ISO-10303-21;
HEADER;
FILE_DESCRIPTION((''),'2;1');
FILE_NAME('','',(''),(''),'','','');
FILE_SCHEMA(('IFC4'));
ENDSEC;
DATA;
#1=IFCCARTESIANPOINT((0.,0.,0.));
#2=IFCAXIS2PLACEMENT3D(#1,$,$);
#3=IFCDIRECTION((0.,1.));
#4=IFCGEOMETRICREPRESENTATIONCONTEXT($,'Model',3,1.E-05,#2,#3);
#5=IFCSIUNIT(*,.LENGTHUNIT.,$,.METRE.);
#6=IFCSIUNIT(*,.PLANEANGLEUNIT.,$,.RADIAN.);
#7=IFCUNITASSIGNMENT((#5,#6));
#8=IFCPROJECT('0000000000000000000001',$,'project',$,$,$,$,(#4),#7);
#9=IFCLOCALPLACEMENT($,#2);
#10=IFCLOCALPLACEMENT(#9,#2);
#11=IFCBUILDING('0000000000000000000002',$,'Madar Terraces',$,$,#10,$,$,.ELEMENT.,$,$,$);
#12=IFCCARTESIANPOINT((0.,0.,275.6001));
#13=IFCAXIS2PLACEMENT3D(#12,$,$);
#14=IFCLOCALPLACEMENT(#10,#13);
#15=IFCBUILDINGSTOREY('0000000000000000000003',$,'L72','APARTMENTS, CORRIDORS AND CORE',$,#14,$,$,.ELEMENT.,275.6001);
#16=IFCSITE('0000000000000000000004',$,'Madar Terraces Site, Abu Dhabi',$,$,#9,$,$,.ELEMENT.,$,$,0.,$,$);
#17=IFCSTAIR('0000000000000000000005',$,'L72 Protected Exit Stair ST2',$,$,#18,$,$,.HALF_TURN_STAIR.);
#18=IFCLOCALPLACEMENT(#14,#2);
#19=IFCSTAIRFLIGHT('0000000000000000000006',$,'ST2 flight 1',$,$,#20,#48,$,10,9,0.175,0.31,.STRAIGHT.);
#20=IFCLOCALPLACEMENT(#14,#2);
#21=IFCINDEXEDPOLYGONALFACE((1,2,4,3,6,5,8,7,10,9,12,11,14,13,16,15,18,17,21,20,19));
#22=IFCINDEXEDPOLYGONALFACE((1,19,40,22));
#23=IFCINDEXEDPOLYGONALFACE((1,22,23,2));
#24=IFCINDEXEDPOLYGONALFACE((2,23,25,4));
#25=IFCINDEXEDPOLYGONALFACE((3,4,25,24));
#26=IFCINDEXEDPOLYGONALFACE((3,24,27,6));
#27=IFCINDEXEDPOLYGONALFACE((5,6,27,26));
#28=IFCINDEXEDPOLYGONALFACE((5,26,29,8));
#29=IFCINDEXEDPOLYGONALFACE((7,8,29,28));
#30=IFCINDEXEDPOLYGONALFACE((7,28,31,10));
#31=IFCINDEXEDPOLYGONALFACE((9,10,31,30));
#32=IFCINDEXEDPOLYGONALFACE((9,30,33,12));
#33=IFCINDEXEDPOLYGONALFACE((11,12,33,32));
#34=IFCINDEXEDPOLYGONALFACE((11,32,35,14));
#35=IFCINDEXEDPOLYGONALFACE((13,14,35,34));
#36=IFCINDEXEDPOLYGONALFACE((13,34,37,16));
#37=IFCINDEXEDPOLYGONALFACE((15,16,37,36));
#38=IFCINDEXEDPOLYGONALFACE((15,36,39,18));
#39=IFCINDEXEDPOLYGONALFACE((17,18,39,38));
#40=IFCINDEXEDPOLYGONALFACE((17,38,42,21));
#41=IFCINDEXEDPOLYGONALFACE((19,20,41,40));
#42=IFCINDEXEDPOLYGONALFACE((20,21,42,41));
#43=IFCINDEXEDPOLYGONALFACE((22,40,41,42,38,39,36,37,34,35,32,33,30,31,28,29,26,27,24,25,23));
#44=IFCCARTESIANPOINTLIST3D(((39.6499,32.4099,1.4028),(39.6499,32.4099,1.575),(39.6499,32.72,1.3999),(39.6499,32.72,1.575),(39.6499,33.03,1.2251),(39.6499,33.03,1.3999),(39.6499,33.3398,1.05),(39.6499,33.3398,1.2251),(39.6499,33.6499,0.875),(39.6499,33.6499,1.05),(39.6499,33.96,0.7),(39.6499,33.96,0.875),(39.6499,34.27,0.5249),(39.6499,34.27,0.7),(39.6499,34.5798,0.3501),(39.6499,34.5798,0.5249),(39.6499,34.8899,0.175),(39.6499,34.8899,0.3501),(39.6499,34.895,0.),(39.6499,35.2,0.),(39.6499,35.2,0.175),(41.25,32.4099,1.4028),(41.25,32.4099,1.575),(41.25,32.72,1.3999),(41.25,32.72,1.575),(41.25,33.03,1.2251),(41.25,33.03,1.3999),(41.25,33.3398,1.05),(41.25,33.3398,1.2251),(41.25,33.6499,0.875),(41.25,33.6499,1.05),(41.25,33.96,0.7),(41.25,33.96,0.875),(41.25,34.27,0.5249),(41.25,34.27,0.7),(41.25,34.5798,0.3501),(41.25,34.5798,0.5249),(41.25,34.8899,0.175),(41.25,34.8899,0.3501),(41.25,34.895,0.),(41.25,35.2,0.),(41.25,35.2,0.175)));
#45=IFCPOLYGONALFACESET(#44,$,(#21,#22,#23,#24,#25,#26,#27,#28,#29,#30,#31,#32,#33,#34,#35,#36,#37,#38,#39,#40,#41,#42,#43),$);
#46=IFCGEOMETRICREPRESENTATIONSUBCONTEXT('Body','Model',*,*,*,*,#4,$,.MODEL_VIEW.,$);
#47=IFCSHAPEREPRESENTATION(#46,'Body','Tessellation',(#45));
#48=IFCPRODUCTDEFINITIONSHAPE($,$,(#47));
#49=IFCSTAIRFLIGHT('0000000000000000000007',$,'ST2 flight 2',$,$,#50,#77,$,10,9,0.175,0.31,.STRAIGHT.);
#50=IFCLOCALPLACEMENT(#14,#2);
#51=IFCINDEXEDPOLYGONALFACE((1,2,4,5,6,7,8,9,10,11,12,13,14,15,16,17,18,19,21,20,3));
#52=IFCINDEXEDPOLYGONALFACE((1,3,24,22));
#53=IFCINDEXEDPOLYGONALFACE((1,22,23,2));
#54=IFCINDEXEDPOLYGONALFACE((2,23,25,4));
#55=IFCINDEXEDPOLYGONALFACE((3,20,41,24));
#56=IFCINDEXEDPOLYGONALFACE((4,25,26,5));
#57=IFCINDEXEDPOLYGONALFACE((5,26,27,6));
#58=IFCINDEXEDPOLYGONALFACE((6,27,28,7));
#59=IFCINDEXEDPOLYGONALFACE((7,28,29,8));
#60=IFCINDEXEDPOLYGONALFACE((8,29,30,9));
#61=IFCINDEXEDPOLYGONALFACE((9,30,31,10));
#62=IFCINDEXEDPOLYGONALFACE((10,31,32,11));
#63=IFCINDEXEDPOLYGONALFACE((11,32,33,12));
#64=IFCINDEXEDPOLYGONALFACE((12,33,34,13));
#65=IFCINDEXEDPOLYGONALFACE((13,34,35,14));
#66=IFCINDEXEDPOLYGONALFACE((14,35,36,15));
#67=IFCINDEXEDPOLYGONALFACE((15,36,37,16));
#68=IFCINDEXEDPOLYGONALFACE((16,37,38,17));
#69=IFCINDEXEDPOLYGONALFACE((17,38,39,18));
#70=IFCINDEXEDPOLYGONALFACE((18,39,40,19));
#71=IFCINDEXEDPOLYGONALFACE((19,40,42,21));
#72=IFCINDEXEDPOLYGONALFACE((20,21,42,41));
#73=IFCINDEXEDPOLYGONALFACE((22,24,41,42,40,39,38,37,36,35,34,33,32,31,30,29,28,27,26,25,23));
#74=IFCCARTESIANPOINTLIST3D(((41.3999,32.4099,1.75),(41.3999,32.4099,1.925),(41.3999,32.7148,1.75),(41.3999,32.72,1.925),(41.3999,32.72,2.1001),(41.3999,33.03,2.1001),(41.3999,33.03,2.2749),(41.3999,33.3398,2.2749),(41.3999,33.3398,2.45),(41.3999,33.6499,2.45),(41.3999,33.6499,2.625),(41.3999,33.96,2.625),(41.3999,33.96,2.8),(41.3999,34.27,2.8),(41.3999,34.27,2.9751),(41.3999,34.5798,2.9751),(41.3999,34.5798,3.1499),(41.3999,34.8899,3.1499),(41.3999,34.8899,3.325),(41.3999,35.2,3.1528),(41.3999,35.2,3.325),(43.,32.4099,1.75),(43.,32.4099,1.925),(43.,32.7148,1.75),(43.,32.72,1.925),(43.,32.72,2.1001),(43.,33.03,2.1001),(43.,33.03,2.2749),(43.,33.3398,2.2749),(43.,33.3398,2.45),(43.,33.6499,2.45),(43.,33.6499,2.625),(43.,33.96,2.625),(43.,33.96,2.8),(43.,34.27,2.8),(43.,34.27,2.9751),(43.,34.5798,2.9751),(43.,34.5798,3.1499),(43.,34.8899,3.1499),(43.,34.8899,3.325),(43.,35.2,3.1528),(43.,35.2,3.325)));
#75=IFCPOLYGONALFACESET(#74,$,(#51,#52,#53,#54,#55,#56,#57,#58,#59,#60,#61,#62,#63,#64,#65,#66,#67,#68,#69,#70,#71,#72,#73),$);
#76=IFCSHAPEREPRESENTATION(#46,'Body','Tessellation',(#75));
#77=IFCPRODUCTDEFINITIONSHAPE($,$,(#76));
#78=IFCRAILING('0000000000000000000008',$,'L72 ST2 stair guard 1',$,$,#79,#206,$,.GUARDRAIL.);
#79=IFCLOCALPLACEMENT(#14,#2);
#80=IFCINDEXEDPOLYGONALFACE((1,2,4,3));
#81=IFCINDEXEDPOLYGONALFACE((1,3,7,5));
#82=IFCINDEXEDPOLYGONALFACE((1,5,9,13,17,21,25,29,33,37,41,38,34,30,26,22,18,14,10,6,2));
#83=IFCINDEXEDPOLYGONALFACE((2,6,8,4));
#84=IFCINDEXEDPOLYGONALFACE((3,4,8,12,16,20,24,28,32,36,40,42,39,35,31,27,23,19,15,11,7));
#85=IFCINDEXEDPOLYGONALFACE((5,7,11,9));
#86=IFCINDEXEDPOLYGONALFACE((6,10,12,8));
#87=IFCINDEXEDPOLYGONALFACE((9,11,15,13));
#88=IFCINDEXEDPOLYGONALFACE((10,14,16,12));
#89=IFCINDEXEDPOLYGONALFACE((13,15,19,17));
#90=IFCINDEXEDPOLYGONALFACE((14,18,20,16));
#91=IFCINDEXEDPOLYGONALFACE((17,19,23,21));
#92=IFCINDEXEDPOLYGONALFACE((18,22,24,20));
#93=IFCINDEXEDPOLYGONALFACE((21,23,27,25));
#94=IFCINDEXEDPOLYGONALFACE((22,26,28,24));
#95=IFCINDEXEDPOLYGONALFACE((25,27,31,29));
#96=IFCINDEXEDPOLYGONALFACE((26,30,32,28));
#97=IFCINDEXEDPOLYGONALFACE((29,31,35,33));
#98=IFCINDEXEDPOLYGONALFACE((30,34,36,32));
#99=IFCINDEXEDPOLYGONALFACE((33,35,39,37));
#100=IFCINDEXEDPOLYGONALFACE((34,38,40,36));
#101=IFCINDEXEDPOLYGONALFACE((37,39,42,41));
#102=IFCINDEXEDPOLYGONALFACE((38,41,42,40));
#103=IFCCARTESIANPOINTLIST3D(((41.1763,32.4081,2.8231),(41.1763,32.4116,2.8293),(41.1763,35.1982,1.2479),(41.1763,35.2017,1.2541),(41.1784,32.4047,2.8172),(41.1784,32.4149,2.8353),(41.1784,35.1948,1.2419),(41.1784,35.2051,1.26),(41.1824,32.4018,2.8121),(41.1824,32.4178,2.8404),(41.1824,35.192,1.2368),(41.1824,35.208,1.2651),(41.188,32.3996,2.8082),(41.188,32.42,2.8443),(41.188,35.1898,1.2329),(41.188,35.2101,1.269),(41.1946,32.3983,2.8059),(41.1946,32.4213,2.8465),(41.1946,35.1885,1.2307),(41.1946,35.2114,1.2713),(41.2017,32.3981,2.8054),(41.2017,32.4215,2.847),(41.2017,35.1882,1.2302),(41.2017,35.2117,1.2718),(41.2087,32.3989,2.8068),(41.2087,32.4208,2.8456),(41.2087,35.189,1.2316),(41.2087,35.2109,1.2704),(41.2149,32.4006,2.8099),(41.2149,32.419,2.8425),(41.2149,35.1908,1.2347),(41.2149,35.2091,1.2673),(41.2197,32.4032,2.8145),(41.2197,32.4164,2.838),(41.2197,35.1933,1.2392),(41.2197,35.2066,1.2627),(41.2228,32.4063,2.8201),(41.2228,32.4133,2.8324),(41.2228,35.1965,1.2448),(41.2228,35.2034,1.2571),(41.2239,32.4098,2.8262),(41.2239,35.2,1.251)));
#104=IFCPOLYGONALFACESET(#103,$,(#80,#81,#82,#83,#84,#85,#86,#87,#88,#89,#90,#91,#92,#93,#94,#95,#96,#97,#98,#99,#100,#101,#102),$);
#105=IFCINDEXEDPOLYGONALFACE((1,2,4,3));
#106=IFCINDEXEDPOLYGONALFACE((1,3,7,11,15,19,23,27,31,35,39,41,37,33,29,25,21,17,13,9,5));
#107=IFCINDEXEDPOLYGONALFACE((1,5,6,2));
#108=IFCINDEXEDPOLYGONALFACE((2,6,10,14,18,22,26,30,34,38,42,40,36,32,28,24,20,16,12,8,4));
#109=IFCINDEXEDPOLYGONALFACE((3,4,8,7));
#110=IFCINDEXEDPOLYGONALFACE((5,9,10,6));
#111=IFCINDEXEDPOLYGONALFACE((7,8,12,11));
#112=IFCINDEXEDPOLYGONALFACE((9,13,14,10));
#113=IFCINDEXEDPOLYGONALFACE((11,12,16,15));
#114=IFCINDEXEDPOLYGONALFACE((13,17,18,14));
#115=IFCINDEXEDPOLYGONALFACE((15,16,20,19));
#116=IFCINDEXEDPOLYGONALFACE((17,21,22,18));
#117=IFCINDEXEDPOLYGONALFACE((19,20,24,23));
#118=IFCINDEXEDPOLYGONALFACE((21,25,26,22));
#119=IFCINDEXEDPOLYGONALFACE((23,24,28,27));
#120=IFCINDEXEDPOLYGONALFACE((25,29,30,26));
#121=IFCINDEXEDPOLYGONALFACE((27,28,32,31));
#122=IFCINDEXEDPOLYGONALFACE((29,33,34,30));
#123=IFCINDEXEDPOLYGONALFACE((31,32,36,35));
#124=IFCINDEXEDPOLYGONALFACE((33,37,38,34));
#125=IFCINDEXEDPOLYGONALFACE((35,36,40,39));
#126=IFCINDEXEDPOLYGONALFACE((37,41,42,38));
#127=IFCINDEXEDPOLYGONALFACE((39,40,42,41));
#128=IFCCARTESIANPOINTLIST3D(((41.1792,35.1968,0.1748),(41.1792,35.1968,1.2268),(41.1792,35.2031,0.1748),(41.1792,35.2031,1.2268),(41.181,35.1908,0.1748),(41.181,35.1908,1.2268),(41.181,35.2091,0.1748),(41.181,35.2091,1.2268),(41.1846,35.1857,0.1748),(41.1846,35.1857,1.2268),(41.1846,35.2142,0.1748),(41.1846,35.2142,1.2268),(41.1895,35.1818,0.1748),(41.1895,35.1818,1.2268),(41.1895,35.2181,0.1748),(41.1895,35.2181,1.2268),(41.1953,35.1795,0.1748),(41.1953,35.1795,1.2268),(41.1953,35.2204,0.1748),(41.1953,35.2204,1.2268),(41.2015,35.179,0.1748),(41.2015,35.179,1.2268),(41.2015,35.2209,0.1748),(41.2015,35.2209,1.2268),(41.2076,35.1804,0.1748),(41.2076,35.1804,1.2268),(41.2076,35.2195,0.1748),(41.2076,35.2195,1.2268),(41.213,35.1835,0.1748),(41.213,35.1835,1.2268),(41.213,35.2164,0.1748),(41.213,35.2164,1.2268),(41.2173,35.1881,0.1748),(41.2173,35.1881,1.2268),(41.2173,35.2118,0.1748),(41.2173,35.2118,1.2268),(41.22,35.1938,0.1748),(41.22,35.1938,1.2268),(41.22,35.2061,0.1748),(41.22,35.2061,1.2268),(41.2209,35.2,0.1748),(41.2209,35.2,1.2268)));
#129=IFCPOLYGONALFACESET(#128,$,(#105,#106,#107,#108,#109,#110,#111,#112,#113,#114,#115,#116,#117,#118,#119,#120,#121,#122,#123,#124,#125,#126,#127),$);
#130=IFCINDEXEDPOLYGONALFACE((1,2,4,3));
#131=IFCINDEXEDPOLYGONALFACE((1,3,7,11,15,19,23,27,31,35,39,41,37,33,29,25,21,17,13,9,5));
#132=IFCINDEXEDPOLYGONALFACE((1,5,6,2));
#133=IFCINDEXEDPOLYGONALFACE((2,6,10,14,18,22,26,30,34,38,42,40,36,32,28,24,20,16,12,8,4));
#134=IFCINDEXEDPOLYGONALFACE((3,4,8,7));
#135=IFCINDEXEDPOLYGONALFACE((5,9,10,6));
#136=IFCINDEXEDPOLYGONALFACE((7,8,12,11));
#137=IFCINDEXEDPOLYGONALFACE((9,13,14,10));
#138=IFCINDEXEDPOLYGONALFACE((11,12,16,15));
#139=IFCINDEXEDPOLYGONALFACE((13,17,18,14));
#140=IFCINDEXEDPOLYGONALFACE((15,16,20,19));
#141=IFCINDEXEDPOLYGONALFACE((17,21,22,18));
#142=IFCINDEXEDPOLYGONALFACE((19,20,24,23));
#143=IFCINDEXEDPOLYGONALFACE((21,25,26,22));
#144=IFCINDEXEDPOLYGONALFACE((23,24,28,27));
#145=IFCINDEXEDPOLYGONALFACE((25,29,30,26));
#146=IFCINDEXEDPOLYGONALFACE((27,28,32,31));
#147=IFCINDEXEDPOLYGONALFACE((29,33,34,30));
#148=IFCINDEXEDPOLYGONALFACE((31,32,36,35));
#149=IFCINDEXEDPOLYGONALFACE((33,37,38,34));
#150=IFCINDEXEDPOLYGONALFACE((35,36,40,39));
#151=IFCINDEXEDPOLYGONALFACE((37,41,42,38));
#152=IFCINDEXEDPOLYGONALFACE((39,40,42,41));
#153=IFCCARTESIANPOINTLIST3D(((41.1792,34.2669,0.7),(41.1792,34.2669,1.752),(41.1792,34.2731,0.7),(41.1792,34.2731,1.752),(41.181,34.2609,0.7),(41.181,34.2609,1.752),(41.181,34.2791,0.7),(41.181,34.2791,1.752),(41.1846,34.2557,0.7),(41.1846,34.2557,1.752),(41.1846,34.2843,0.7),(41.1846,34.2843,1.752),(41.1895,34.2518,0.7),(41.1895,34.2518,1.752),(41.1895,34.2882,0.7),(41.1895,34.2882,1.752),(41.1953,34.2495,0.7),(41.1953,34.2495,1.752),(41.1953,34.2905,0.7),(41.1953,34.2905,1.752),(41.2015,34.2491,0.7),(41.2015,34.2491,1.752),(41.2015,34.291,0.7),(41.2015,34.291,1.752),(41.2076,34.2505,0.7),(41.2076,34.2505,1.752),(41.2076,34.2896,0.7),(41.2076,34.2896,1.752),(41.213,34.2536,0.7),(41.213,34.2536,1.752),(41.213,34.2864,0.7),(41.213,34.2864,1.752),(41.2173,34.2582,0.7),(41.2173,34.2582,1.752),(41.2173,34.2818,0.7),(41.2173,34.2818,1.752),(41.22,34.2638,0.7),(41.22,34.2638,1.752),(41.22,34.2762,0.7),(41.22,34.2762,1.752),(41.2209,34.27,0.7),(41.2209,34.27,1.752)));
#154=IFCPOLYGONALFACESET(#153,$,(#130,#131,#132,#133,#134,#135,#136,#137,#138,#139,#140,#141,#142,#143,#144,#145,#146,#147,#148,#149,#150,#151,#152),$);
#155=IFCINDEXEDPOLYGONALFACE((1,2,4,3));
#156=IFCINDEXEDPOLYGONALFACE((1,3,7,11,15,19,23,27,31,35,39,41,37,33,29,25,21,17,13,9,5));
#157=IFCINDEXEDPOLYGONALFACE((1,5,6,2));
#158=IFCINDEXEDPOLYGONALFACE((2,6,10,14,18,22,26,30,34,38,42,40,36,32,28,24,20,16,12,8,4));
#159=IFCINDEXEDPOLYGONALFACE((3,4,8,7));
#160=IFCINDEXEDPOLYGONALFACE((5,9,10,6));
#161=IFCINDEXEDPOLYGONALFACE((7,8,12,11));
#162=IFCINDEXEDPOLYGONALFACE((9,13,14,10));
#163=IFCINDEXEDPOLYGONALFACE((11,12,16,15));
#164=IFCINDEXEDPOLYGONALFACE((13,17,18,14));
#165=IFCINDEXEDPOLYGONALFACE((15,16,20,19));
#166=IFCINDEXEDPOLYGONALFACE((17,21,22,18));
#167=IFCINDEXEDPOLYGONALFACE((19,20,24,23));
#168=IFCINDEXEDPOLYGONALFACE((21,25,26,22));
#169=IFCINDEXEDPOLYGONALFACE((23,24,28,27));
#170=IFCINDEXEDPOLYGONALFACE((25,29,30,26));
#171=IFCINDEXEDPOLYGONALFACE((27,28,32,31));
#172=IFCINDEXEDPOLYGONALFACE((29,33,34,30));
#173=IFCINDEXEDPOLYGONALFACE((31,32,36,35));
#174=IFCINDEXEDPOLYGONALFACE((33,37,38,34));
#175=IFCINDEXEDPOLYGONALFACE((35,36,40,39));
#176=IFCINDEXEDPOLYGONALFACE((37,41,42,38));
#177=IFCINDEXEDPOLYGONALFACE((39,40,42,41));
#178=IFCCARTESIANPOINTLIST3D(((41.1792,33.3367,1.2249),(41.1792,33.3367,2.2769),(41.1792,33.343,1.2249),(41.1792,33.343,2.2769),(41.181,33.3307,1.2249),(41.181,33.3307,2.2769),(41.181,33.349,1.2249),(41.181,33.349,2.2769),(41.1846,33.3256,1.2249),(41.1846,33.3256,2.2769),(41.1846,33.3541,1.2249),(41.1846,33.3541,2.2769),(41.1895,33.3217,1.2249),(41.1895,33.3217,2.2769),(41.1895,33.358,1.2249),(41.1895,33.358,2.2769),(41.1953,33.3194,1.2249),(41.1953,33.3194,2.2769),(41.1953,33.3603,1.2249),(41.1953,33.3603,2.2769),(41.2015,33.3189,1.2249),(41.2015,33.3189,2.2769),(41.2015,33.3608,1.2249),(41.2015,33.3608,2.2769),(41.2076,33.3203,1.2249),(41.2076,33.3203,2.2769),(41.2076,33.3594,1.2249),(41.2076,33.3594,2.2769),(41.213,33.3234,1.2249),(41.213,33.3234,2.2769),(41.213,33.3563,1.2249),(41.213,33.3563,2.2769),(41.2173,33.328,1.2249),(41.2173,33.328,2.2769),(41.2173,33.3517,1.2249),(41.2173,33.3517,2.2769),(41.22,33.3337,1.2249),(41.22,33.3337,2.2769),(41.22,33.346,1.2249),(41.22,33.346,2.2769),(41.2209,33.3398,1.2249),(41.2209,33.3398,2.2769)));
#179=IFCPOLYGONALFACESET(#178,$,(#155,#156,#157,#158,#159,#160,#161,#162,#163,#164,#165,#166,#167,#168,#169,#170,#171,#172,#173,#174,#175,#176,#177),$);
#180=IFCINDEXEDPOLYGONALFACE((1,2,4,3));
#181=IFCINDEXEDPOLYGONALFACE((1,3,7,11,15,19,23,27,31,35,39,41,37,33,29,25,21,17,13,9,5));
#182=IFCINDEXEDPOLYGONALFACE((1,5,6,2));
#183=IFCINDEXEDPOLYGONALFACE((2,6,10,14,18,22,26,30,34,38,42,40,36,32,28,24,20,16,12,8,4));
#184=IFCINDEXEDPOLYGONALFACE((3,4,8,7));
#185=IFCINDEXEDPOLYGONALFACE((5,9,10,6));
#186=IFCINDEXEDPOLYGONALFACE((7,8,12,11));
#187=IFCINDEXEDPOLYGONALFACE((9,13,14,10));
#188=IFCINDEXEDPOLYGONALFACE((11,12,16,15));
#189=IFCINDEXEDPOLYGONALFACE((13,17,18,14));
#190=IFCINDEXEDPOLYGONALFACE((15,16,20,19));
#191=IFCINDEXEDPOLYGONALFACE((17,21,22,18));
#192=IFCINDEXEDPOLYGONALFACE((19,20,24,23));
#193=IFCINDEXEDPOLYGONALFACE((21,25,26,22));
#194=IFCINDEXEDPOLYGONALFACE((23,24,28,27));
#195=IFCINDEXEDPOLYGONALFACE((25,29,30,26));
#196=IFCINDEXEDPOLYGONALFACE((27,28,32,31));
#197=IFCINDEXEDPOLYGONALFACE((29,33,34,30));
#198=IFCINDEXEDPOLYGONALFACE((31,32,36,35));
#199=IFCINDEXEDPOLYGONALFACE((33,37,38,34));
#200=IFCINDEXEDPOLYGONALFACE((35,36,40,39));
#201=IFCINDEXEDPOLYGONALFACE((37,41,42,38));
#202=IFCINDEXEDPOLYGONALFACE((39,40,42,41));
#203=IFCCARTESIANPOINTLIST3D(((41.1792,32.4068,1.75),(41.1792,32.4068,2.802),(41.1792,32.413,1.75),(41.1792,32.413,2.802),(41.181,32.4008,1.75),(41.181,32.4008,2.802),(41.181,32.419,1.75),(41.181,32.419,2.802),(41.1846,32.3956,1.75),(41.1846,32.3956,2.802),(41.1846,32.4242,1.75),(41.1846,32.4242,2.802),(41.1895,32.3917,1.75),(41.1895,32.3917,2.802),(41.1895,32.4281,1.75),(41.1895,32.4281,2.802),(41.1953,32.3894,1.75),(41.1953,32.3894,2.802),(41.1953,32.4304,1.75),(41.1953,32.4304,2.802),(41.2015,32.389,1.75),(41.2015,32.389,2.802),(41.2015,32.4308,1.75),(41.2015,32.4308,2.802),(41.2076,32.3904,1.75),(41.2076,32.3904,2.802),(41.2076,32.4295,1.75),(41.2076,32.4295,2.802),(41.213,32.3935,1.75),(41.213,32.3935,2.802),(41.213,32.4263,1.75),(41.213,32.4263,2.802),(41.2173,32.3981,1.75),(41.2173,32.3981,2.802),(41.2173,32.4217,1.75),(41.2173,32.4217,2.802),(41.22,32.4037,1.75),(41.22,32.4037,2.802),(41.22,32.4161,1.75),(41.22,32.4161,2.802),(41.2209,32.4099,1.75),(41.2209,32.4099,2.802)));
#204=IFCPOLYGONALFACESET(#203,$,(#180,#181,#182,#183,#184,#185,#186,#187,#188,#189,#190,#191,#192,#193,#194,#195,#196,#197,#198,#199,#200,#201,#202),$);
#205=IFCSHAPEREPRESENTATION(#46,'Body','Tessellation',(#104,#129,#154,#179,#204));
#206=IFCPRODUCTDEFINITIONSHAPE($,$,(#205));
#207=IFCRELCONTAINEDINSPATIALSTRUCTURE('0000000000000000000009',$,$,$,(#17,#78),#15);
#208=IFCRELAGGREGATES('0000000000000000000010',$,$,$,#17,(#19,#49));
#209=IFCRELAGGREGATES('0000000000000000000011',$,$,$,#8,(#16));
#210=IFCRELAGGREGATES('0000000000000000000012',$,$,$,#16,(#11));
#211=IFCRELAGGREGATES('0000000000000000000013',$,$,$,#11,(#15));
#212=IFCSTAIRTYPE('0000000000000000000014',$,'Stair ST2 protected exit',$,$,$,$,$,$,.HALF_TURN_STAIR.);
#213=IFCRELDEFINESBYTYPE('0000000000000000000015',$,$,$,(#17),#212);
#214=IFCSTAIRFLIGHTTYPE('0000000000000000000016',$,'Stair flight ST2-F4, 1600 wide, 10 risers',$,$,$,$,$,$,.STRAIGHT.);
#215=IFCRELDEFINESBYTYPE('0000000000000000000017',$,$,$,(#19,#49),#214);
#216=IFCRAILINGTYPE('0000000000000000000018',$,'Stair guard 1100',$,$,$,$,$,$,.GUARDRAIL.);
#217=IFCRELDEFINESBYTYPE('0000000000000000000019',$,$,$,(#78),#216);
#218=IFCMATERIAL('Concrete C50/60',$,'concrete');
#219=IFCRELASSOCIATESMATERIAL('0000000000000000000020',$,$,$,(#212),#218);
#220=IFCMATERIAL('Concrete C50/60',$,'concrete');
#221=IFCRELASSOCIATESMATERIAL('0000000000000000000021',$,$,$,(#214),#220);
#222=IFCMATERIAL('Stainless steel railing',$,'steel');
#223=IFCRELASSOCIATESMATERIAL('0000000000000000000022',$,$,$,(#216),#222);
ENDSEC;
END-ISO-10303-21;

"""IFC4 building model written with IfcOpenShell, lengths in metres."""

from ifc_helpers import new_model, si_unit, direction, frame, origin, origin_2d, place, context, subcontext, project, spatial, polyline, circle, outline, extrude, material, type_object, element, aggregate, save


model = new_model("IFC4")

# Units and contexts
model_context = context("Model", 3, precision=1e-05, world=origin(), true_north=direction((0.0, 1.0)))
body_context = subcontext(model_context, "Body", "Model", "MODEL_VIEW")
ifc_project = project(units=[si_unit("LENGTHUNIT", "METRE"), si_unit("PLANEANGLEUNIT", "RADIAN")], contexts=[model_context])

# Site, building, storey
site_placement = place(None, origin())
site = spatial("IfcSite", under=ifc_project, at=site_placement, Name="Madar Terraces Site, Abu Dhabi", CompositionType="ELEMENT", RefElevation=0.0)
building_placement = place(site_placement, origin())
building = spatial("IfcBuilding", under=site, at=building_placement, Name="Madar Terraces", CompositionType="ELEMENT")
storey_placement = place(building_placement, frame((0.0, 0.0, 275.6001)))
storey = spatial("IfcBuildingStorey", under=building, at=storey_placement, Name="L72", Description="APARTMENTS, CORRIDORS AND CORE", CompositionType="ELEMENT", Elevation=275.6001)

# Stair, stair flights
ifc_material_1 = material(Name="Concrete C50/60", Category="concrete")
stair_type = type_object("IfcStairType", Name="Stair ST2 protected exit", PredefinedType="HALF_TURN_STAIR", material=ifc_material_1)
stair_placement = place(storey_placement, origin())
stair = element("IfcStair", 1, at=stair_placement, inside=storey, type_object=stair_type, Name="L72 Protected Exit Stair ST2", PredefinedType="HALF_TURN_STAIR")
ifc_material_2 = material(Name="Concrete C50/60", Category="concrete")
stair_flight_type = type_object("IfcStairFlightType", Name="Stair flight ST2-F4, 1600 wide, 10 risers", PredefinedType="STRAIGHT", material=ifc_material_2)
stair_flight_1_placement = place(storey_placement, frame((40.45, 35.2, 0.0), z_axis=(0.0, 0.0, 1.0), x_axis=(0.0, -1.0, 0.0)))
stair_flight_1 = element("IfcStairFlight", 2, at=stair_flight_1_placement, type_object=stair_flight_type, Name="ST2 flight 1", NumberOfRisers=10, NumberOfTreads=9, PredefinedType="STRAIGHT", RiserHeight=0.175, TreadLength=0.31, context=body_context, shape_type="SweptSolid", body=[
    extrude(outline(polyline([(0.0, 0.0), (0.0, 0.175), (0.3101, 0.175), (0.3101, 0.3501), (0.6201, 0.3501), (0.6201, 0.5249), (0.9299, 0.5249), (0.9299, 0.7), (1.24, 0.7), (1.24, 0.875), (1.55, 0.875), (1.55, 1.05), (1.8601, 1.05), (1.8601, 1.2251), (2.1699, 1.2251), (2.1699, 1.3999), (2.48, 1.3999), (2.48, 1.575), (2.79, 1.575), (2.79, 1.75), (2.79, 1.4028), (0.3049, 0.0), (0.0, 0.0)])), frame((0.0, 0.8, 0.0), z_axis=(0.0, -1.0, 0.0), x_axis=(1.0, 0.0, 0.0)), (0.0, 0.0, 1.0), 1.6001),
])
stair_flight_2_placement = place(storey_placement, frame((42.2, 32.4099, 1.75), z_axis=(0.0, 0.0, 1.0), x_axis=(0.0, 1.0, 0.0)))
stair_flight_2 = element("IfcStairFlight", 3, at=stair_flight_2_placement, type_object=stair_flight_type, Name="ST2 flight 2", NumberOfRisers=10, NumberOfTreads=9, PredefinedType="STRAIGHT", RiserHeight=0.175, TreadLength=0.31, context=body_context, shape_type="SweptSolid", body=[
    extrude(outline(polyline([(0.0, 0.0), (0.0, 0.175), (0.3101, 0.175), (0.3101, 0.3501), (0.6201, 0.3501), (0.6201, 0.5249), (0.9299, 0.5249), (0.9299, 0.7), (1.24, 0.7), (1.24, 0.875), (1.55, 0.875), (1.55, 1.05), (1.8601, 1.05), (1.8601, 1.2251), (2.1699, 1.2251), (2.1699, 1.3999), (2.48, 1.3999), (2.48, 1.575), (2.79, 1.575), (2.79, 1.75), (2.79, 1.4028), (0.3049, 0.0), (0.0, 0.0)])), frame((0.0, 0.8, 0.0), z_axis=(0.0, -1.0, 0.0), x_axis=(1.0, 0.0, 0.0)), (0.0, 0.0, 1.0), 1.6001),
])
aggregate(stair, [stair_flight_1, stair_flight_2])

# Railing
ifc_material_3 = material(Name="Stainless steel railing", Category="steel")
railing_type_1 = type_object("IfcRailingType", Name="Stair guard 1100", PredefinedType="GUARDRAIL", material=ifc_material_3)
railing_1_placement = place(storey_placement, frame((41.2, 35.2, 0.1748)))
element("IfcRailing", 4, at=railing_1_placement, inside=storey, type_object=railing_type_1, Name="L72 ST2 stair guard 1", PredefinedType="GUARDRAIL", context=body_context, shape_type="SweptSolid", body=[
    extrude(circle(Radius=0.0239, at=origin_2d()), frame((0.0, 0.0, 1.0762), z_axis=(0.0, -0.870801, 0.491635), x_axis=(1.0, 0.0, 0.0)), (0.0, 0.0, 1.0), 3.2041),
    extrude(circle(Radius=0.021, at=origin_2d()), origin(), (0.0, 0.0, 1.0), 1.052),
    extrude(circle(Radius=0.021, at=origin_2d()), frame((0.0, -0.9299, 0.5251)), (0.0, 0.0, 1.0), 1.052),
    extrude(circle(Radius=0.021, at=origin_2d()), frame((0.0, -1.8601, 1.05)), (0.0, 0.0, 1.0), 1.052),
    extrude(circle(Radius=0.021, at=origin_2d()), frame((0.0, -2.79, 1.5752)), (0.0, 0.0, 1.0), 1.052),
])

save(model, "model.ifc")
